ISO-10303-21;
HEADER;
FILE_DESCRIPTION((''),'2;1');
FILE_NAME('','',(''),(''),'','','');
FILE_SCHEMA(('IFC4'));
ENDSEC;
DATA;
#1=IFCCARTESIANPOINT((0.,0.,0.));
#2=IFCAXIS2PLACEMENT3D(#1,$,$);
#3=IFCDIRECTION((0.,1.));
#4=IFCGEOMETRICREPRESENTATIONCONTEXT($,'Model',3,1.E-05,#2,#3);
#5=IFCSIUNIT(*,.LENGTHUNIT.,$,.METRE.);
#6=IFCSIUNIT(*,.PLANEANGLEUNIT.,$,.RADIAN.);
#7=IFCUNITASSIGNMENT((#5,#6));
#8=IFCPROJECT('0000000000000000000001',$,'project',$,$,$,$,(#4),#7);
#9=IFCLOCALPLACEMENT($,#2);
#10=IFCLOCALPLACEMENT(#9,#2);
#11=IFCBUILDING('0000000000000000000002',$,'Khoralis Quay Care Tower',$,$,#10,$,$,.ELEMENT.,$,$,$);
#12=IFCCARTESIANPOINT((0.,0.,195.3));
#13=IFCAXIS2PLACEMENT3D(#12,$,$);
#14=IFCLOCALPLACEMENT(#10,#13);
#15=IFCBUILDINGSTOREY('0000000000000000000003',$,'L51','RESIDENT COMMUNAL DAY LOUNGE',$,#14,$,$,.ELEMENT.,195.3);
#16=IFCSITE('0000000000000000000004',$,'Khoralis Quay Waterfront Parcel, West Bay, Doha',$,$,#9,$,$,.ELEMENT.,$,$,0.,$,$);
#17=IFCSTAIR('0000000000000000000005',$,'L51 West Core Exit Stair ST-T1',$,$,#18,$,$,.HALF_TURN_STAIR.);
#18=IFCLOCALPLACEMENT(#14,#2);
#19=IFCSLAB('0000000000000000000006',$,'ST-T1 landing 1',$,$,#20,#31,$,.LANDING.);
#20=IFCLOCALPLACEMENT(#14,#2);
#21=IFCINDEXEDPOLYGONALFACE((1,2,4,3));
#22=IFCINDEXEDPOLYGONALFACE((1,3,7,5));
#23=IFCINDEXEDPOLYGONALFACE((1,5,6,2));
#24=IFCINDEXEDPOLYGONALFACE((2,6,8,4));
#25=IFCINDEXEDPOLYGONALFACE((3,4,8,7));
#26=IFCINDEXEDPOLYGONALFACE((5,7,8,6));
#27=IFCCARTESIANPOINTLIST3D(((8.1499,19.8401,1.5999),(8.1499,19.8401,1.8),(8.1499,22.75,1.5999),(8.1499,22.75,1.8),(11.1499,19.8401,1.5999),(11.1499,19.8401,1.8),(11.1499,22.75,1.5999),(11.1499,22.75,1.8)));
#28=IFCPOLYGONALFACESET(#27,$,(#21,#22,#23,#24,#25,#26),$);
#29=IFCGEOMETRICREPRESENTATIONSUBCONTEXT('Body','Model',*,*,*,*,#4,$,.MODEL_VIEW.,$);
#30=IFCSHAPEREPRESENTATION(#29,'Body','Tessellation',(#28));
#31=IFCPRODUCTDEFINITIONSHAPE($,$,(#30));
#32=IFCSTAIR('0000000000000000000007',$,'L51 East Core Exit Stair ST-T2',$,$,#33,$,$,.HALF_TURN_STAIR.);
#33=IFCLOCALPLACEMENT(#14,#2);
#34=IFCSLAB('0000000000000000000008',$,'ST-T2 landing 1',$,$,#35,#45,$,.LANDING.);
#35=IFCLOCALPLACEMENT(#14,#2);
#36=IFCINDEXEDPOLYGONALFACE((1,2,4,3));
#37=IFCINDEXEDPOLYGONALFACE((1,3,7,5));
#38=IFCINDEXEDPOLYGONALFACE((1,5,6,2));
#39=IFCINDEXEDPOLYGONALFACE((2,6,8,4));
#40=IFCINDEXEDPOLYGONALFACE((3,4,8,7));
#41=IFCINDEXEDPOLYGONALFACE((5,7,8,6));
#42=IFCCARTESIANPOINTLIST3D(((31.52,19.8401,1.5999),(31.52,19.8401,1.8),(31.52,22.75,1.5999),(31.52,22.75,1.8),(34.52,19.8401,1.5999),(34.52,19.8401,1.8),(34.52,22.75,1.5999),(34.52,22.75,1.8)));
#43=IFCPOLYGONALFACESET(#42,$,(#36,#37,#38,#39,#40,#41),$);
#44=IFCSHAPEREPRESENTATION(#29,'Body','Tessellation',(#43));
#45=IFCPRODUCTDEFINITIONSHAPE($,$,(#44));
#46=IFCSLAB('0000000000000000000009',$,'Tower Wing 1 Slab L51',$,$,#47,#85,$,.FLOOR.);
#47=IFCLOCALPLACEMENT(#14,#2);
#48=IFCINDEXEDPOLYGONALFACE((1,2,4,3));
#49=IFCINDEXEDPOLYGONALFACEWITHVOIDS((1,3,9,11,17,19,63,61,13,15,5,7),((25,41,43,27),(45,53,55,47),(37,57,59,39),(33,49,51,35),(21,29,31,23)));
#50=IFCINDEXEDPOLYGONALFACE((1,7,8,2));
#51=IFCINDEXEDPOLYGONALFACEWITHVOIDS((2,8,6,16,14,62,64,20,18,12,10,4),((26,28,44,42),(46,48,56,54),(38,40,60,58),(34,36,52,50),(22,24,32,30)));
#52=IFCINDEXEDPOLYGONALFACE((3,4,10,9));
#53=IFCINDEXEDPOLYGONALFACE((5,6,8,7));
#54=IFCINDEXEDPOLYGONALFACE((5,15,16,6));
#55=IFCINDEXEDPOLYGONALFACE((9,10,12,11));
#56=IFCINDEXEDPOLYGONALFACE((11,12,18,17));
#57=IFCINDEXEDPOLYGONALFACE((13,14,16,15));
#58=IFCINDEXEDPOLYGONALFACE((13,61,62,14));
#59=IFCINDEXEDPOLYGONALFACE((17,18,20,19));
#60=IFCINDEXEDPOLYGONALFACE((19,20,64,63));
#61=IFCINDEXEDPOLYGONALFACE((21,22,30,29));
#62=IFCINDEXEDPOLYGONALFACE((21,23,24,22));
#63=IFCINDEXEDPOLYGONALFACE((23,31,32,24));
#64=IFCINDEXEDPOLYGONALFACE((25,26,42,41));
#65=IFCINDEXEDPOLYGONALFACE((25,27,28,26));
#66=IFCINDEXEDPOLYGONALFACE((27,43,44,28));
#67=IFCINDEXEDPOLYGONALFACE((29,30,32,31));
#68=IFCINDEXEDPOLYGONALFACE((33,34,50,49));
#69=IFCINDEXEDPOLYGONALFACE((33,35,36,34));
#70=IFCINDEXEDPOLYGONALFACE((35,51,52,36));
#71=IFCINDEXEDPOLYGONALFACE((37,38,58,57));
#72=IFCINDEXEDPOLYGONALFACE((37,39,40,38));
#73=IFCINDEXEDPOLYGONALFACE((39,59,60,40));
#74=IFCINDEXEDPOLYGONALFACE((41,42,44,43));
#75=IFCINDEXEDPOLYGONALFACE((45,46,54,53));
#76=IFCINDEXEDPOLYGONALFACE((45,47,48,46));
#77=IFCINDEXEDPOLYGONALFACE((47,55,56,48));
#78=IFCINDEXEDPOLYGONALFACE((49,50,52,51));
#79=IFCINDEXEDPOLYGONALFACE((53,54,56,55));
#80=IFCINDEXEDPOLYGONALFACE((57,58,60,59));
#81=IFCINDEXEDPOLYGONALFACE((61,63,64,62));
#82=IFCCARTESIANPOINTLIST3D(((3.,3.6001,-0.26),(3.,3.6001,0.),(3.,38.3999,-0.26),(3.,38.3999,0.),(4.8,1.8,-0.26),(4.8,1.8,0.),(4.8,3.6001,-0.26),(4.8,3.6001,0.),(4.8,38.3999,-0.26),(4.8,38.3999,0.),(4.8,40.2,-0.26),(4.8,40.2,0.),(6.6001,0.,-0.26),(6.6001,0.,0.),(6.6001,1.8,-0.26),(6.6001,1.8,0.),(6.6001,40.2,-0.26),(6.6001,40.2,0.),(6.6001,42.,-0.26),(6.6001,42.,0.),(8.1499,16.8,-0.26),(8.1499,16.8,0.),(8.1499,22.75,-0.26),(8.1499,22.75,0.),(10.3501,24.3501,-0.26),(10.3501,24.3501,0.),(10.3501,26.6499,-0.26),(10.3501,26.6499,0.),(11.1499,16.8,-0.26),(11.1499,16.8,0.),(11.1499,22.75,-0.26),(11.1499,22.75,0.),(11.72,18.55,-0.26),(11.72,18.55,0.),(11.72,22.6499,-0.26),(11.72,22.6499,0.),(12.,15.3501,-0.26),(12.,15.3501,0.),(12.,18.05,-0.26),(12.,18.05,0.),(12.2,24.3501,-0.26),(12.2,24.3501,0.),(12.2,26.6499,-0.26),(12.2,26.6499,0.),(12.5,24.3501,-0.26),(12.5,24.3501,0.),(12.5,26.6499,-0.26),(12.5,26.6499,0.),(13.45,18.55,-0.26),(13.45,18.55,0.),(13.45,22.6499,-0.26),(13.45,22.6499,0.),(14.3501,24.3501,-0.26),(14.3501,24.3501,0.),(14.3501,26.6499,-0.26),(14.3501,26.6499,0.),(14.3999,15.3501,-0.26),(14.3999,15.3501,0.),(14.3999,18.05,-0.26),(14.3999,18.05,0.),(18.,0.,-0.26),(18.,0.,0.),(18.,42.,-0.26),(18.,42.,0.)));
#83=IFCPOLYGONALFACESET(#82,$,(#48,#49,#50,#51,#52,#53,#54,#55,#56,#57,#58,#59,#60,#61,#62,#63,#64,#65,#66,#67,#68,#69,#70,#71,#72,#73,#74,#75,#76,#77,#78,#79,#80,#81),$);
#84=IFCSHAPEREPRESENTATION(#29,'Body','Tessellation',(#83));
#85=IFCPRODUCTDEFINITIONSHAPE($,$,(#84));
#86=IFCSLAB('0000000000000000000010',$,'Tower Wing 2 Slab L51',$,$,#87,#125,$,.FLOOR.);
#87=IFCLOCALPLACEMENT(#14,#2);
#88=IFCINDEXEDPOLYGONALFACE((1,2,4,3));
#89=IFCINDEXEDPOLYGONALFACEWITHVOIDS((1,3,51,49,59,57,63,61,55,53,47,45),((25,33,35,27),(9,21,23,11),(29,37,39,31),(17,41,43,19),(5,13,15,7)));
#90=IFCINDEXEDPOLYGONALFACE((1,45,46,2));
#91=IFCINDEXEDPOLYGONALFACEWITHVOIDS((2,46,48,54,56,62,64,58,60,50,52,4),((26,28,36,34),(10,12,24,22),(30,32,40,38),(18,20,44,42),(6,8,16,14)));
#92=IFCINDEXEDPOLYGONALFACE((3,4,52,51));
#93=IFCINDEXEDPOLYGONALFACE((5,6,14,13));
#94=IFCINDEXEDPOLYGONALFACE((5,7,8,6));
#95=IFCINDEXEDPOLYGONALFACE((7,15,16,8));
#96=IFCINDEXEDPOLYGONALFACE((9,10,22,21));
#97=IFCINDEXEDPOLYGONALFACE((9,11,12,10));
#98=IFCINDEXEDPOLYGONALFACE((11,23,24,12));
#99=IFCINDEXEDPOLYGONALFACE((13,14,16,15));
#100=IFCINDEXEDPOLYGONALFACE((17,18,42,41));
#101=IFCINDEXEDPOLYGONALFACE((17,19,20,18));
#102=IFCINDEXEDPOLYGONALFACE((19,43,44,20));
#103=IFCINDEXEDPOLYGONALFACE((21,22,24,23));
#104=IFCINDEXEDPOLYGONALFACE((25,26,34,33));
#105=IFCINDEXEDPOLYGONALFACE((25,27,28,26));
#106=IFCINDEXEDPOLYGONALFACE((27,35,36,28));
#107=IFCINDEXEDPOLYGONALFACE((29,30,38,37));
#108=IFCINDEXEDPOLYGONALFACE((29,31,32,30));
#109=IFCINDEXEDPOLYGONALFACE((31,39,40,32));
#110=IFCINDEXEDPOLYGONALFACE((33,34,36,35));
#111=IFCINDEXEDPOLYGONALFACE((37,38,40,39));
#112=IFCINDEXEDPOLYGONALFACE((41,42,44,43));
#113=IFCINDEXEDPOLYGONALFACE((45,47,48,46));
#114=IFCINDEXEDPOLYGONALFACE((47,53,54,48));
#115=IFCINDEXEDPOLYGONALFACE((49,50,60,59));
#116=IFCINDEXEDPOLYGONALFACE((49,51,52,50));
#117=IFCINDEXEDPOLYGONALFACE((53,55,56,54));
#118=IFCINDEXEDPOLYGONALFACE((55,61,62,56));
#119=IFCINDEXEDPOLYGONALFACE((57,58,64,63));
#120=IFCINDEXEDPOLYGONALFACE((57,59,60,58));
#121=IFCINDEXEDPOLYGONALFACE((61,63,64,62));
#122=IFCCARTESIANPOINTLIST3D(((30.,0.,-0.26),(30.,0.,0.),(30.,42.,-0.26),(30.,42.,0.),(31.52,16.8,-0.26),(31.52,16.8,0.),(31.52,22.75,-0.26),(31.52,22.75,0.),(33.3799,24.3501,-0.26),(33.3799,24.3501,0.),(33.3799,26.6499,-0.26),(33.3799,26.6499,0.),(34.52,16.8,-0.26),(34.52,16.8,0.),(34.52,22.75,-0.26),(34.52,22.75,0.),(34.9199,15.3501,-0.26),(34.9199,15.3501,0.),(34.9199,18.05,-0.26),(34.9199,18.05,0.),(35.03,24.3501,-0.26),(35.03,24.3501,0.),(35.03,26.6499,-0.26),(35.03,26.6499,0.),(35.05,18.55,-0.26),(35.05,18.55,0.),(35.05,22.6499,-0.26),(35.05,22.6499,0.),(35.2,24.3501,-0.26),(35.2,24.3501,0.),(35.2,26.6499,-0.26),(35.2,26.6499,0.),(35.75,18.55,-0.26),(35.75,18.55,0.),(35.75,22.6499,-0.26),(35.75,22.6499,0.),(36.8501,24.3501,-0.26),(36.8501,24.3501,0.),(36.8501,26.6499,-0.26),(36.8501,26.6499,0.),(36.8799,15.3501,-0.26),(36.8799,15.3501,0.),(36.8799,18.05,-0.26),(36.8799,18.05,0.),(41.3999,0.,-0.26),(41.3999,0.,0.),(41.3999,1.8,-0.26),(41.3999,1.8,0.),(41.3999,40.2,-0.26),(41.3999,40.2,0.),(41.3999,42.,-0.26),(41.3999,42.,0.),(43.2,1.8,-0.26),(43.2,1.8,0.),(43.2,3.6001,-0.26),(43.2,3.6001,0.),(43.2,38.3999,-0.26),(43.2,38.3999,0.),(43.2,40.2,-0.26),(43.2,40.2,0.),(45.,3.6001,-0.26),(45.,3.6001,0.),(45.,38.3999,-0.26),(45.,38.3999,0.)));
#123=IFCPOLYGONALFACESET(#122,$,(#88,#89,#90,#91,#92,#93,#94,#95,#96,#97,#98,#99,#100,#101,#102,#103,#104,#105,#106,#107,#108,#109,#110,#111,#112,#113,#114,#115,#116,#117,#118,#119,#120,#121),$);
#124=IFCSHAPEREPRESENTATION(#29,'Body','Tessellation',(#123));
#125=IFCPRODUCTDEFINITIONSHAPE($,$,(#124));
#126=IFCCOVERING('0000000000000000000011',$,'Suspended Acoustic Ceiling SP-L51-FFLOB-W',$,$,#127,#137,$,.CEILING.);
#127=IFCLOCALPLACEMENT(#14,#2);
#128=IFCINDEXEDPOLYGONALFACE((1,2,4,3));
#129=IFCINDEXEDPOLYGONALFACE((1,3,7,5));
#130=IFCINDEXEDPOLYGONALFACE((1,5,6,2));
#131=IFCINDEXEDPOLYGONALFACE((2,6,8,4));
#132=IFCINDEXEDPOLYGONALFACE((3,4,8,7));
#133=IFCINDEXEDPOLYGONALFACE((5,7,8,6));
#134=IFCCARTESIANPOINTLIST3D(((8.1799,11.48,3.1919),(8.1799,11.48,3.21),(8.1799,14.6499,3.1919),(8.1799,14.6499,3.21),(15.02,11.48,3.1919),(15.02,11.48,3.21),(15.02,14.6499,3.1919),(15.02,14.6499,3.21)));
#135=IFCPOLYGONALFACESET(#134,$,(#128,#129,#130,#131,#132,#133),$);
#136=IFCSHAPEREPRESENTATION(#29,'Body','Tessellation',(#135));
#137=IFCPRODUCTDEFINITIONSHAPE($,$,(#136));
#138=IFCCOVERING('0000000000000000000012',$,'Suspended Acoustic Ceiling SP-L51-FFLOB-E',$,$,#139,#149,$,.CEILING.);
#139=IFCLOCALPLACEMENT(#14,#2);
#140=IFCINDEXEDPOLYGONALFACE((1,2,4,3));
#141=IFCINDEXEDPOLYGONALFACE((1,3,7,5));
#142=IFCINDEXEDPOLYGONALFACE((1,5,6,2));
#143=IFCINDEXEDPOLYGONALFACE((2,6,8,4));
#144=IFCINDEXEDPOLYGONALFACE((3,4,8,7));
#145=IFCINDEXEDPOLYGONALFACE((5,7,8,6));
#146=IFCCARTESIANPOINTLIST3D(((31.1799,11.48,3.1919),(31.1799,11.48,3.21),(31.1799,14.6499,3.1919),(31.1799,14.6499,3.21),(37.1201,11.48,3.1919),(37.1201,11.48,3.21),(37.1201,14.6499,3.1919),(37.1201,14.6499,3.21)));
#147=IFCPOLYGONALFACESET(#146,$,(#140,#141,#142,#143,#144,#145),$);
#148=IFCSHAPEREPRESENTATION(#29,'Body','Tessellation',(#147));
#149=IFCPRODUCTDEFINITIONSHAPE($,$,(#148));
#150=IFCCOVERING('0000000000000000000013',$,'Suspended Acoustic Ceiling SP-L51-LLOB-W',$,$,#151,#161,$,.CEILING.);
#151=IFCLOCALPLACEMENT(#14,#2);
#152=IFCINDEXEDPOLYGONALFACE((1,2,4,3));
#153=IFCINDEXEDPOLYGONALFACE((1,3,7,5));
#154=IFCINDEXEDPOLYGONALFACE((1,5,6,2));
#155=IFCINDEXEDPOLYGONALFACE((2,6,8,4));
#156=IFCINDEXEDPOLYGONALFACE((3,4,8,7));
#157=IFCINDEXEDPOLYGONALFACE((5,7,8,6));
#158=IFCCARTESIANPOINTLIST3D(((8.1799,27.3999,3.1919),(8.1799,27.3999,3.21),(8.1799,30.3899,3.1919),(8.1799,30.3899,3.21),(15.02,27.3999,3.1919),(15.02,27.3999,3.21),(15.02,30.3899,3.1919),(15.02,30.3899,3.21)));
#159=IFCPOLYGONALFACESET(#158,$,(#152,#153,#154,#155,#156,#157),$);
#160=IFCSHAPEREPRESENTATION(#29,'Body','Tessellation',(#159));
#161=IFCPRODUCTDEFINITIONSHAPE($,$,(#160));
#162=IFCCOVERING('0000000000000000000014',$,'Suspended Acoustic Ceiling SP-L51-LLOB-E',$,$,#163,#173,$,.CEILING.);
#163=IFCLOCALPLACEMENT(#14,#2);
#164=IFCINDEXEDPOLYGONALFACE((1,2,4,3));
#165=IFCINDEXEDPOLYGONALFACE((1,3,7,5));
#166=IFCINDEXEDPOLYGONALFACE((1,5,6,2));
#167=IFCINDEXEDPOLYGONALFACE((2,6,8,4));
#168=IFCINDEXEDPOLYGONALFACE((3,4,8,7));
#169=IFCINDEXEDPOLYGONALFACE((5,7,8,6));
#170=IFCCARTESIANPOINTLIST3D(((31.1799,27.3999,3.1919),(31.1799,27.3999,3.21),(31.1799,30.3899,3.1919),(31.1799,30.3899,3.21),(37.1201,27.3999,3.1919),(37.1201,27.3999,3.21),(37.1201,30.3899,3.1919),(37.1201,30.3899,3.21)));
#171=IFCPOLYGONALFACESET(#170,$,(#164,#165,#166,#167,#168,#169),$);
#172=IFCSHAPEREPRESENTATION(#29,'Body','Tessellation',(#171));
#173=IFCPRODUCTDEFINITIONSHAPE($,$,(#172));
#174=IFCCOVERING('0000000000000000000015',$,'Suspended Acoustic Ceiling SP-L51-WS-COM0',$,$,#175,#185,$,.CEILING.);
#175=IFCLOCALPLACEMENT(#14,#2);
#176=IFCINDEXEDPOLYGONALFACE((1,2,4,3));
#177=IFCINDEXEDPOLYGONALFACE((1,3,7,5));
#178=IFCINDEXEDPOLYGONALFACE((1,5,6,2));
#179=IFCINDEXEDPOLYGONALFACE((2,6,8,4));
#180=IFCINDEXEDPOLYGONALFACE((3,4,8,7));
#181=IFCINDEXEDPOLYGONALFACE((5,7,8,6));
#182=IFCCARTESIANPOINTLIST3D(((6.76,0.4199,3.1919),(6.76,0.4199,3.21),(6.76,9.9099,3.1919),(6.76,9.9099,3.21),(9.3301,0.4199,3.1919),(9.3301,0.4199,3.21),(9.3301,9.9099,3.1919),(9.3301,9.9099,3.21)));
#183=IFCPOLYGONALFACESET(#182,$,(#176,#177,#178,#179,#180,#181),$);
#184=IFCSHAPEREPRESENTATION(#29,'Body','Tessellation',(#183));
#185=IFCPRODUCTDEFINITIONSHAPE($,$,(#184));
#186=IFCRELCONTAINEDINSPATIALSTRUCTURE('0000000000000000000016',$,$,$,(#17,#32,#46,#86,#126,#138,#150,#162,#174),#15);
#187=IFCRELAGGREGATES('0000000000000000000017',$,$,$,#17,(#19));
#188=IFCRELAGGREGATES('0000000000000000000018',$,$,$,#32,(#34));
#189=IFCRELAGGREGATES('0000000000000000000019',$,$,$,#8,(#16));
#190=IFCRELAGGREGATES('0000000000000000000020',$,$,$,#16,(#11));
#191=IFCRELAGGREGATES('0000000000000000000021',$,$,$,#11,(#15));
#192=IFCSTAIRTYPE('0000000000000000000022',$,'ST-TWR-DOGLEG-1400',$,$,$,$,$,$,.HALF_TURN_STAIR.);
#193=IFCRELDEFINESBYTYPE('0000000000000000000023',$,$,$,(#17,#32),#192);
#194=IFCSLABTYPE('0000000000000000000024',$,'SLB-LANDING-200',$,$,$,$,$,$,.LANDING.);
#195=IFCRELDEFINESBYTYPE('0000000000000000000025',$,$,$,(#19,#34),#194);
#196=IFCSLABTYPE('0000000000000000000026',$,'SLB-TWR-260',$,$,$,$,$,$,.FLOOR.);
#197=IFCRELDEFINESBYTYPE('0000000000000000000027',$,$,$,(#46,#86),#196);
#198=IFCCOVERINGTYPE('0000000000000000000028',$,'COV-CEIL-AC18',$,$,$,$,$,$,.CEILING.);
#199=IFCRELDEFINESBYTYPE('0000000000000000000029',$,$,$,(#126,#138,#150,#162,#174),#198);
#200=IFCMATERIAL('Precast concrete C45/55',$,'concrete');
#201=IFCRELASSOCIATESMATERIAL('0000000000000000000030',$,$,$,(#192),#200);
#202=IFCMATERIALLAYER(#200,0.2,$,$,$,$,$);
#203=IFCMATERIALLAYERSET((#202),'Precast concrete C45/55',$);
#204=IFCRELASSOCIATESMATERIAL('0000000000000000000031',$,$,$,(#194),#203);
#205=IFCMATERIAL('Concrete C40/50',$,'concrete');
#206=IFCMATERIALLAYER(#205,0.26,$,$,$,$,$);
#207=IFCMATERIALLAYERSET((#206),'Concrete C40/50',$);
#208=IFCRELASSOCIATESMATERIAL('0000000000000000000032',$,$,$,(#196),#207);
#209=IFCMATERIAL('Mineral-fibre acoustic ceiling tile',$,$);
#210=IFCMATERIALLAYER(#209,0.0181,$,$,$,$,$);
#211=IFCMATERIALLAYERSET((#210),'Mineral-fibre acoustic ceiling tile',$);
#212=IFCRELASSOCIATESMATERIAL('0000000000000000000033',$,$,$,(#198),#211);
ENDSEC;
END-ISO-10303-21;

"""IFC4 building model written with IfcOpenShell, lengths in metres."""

from ifc_helpers import new_model, si_unit, direction, frame, origin, place, context, subcontext, project, spatial, polyline, outline, extrude, material, layer, layer_set, type_object, element, aggregate, save


model = new_model("IFC4")

# Units and contexts
model_context = context("Model", 3, precision=1e-05, world=origin(), true_north=direction((0.0, 1.0)))
body_context = subcontext(model_context, "Body", "Model", "MODEL_VIEW")
ifc_project = project(units=[si_unit("LENGTHUNIT", "METRE"), si_unit("PLANEANGLEUNIT", "RADIAN")], contexts=[model_context])

# Site, building, storey
site_placement = place(None, origin())
site = spatial("IfcSite", under=ifc_project, at=site_placement, Name="Khoralis Quay Waterfront Parcel, West Bay, Doha", CompositionType="ELEMENT", RefElevation=0.0)
building_placement = place(site_placement, origin())
building = spatial("IfcBuilding", under=site, at=building_placement, Name="Khoralis Quay Care Tower", CompositionType="ELEMENT")
storey_placement = place(building_placement, frame((0.0, 0.0, 195.3)))
storey = spatial("IfcBuildingStorey", under=building, at=storey_placement, Name="L51", Description="RESIDENT COMMUNAL DAY LOUNGE", CompositionType="ELEMENT", Elevation=195.3)

# Stairs, slabs
ifc_material_1 = material(Name="Precast concrete C45/55", Category="concrete")
stair_type = type_object("IfcStairType", Name="ST-TWR-DOGLEG-1400", PredefinedType="HALF_TURN_STAIR", material=ifc_material_1)
stair_1_placement = place(storey_placement, origin())
stair_1 = element("IfcStair", 1, at=stair_1_placement, inside=storey, type_object=stair_type, Name="L51 West Core Exit Stair ST-T1", PredefinedType="HALF_TURN_STAIR")
ifc_layer_1 = layer(ifc_material_1, 0.2)
ifc_layer_set_1 = layer_set([ifc_layer_1], Name="Precast concrete C45/55")
slab_type_1 = type_object("IfcSlabType", Name="SLB-LANDING-200", PredefinedType="LANDING", material=ifc_layer_set_1)
slab_1_placement = place(storey_placement, frame((0.0, 0.0, 1.5999)))
slab_1 = element("IfcSlab", 2, at=slab_1_placement, type_object=slab_type_1, Name="ST-T1 landing 1", PredefinedType="LANDING", context=body_context, shape_type="SweptSolid", body=[
    extrude(outline(polyline([(11.1499, 19.8401), (11.1499, 22.75), (8.1499, 22.75), (8.1499, 19.8401), (11.1499, 19.8401)])), origin(), (0.0, 0.0, 1.0), 0.2002),
])
aggregate(stair_1, [slab_1])
stair_2_placement = place(storey_placement, origin())
stair_2 = element("IfcStair", 3, at=stair_2_placement, inside=storey, type_object=stair_type, Name="L51 East Core Exit Stair ST-T2", PredefinedType="HALF_TURN_STAIR")
slab_2_placement = place(storey_placement, frame((0.0, 0.0, 1.5999)))
slab_2 = element("IfcSlab", 4, at=slab_2_placement, type_object=slab_type_1, Name="ST-T2 landing 1", PredefinedType="LANDING", context=body_context, shape_type="SweptSolid", body=[
    extrude(outline(polyline([(34.52, 19.8401), (34.52, 22.75), (31.52, 22.75), (31.52, 19.8401), (34.52, 19.8401)])), origin(), (0.0, 0.0, 1.0), 0.2002),
])
aggregate(stair_2, [slab_2])

# Slabs
ifc_material_2 = material(Name="Concrete C40/50", Category="concrete")
ifc_layer_2 = layer(ifc_material_2, 0.26)
ifc_layer_set_2 = layer_set([ifc_layer_2], Name="Concrete C40/50")
slab_type_2 = type_object("IfcSlabType", Name="SLB-TWR-260", PredefinedType="FLOOR", material=ifc_layer_set_2)
slab_3_placement = place(storey_placement, frame((0.0, 0.0, -0.26)))
element("IfcSlab", 5, at=slab_3_placement, inside=storey, type_object=slab_type_2, Name="Tower Wing 1 Slab L51", PredefinedType="FLOOR", context=body_context, shape_type="SweptSolid", body=[
    extrude(outline(polyline([(6.6001, 0.0), (18.0, 0.0), (18.0, 42.0), (6.6001, 42.0), (6.6001, 40.2), (4.8, 40.2), (4.8, 38.3999), (3.0, 38.3999), (3.0, 3.6001), (4.8, 3.6001), (4.8, 1.8), (6.6001, 1.8), (6.6001, 0.0)]), holes=[polyline([(11.1499, 16.8), (11.1499, 22.75), (8.1499, 22.75), (8.1499, 16.8), (11.1499, 16.8)]), polyline([(12.0, 15.3501), (14.3999, 15.3501), (14.3999, 18.05), (12.0, 18.05), (12.0, 15.3501)]), polyline([(10.3501, 24.3501), (12.2, 24.3501), (12.2, 26.6499), (10.3501, 26.6499), (10.3501, 24.3501)]), polyline([(12.5, 24.3501), (14.3501, 24.3501), (14.3501, 26.6499), (12.5, 26.6499), (12.5, 24.3501)]), polyline([(11.72, 18.55), (13.45, 18.55), (13.45, 22.6499), (11.72, 22.6499), (11.72, 18.55)])]), origin(), (0.0, 0.0, 1.0), 0.26),
])
slab_4_placement = place(storey_placement, frame((0.0, 0.0, -0.26)))
element("IfcSlab", 6, at=slab_4_placement, inside=storey, type_object=slab_type_2, Name="Tower Wing 2 Slab L51", PredefinedType="FLOOR", context=body_context, shape_type="SweptSolid", body=[
    extrude(outline(polyline([(30.0, 0.0), (41.3999, 0.0), (41.3999, 1.8), (43.2, 1.8), (43.2, 3.6001), (45.0, 3.6001), (45.0, 38.3999), (43.2, 38.3999), (43.2, 40.2), (41.3999, 40.2), (41.3999, 42.0), (30.0, 42.0), (30.0, 0.0)]), holes=[polyline([(34.52, 16.8), (34.52, 22.75), (31.52, 22.75), (31.52, 16.8), (34.52, 16.8)]), polyline([(34.9199, 15.3501), (36.8799, 15.3501), (36.8799, 18.05), (34.9199, 18.05), (34.9199, 15.3501)]), polyline([(33.3799, 24.3501), (35.03, 24.3501), (35.03, 26.6499), (33.3799, 26.6499), (33.3799, 24.3501)]), polyline([(35.2, 24.3501), (36.8501, 24.3501), (36.8501, 26.6499), (35.2, 26.6499), (35.2, 24.3501)]), polyline([(35.05, 18.55), (35.75, 18.55), (35.75, 22.6499), (35.05, 22.6499), (35.05, 18.55)])]), origin(), (0.0, 0.0, 1.0), 0.26),
])

# Coverings
ifc_material_3 = material(Name="Mineral-fibre acoustic ceiling tile")
ifc_layer_3 = layer(ifc_material_3, 0.0181)
ifc_layer_set_3 = layer_set([ifc_layer_3], Name="Mineral-fibre acoustic ceiling tile")
covering_type_1 = type_object("IfcCoveringType", Name="COV-CEIL-AC18", PredefinedType="CEILING", material=ifc_layer_set_3)
covering_1_placement = place(storey_placement, frame((0.0, 0.0, 3.1919)))
element("IfcCovering", 7, at=covering_1_placement, inside=storey, type_object=covering_type_1, Name="Suspended Acoustic Ceiling SP-L51-FFLOB-W", PredefinedType="CEILING", context=body_context, shape_type="SweptSolid", body=[
    extrude(outline(polyline([(8.1799, 11.48), (15.02, 11.48), (15.02, 14.6499), (8.1799, 14.6499), (8.1799, 11.48)])), origin(), (0.0, 0.0, 1.0), 0.0181),
])
covering_2_placement = place(storey_placement, frame((0.0, 0.0, 3.1919)))
element("IfcCovering", 8, at=covering_2_placement, inside=storey, type_object=covering_type_1, Name="Suspended Acoustic Ceiling SP-L51-FFLOB-E", PredefinedType="CEILING", context=body_context, shape_type="SweptSolid", body=[
    extrude(outline(polyline([(31.1799, 11.48), (37.1201, 11.48), (37.1201, 14.6499), (31.1799, 14.6499), (31.1799, 11.48)])), origin(), (0.0, 0.0, 1.0), 0.0181),
])
covering_3_placement = place(storey_placement, frame((0.0, 0.0, 3.1919)))
element("IfcCovering", 9, at=covering_3_placement, inside=storey, type_object=covering_type_1, Name="Suspended Acoustic Ceiling SP-L51-LLOB-W", PredefinedType="CEILING", context=body_context, shape_type="SweptSolid", body=[
    extrude(outline(polyline([(8.1799, 27.3999), (15.02, 27.3999), (15.02, 30.3899), (8.1799, 30.3899), (8.1799, 27.3999)])), origin(), (0.0, 0.0, 1.0), 0.0181),
])
covering_4_placement = place(storey_placement, frame((0.0, 0.0, 3.1919)))
element("IfcCovering", 10, at=covering_4_placement, inside=storey, type_object=covering_type_1, Name="Suspended Acoustic Ceiling SP-L51-LLOB-E", PredefinedType="CEILING", context=body_context, shape_type="SweptSolid", body=[
    extrude(outline(polyline([(31.1799, 27.3999), (37.1201, 27.3999), (37.1201, 30.3899), (31.1799, 30.3899), (31.1799, 27.3999)])), origin(), (0.0, 0.0, 1.0), 0.0181),
])
covering_5_placement = place(storey_placement, frame((0.0, 0.0, 3.1919)))
element("IfcCovering", 11, at=covering_5_placement, inside=storey, type_object=covering_type_1, Name="Suspended Acoustic Ceiling SP-L51-WS-COM0", PredefinedType="CEILING", context=body_context, shape_type="SweptSolid", body=[
    extrude(outline(polyline([(6.76, 0.4199), (9.3301, 0.4199), (9.3301, 9.9099), (6.76, 9.9099), (6.76, 0.4199)])), origin(), (0.0, 0.0, 1.0), 0.0181),
])

save(model, "model.ifc")
